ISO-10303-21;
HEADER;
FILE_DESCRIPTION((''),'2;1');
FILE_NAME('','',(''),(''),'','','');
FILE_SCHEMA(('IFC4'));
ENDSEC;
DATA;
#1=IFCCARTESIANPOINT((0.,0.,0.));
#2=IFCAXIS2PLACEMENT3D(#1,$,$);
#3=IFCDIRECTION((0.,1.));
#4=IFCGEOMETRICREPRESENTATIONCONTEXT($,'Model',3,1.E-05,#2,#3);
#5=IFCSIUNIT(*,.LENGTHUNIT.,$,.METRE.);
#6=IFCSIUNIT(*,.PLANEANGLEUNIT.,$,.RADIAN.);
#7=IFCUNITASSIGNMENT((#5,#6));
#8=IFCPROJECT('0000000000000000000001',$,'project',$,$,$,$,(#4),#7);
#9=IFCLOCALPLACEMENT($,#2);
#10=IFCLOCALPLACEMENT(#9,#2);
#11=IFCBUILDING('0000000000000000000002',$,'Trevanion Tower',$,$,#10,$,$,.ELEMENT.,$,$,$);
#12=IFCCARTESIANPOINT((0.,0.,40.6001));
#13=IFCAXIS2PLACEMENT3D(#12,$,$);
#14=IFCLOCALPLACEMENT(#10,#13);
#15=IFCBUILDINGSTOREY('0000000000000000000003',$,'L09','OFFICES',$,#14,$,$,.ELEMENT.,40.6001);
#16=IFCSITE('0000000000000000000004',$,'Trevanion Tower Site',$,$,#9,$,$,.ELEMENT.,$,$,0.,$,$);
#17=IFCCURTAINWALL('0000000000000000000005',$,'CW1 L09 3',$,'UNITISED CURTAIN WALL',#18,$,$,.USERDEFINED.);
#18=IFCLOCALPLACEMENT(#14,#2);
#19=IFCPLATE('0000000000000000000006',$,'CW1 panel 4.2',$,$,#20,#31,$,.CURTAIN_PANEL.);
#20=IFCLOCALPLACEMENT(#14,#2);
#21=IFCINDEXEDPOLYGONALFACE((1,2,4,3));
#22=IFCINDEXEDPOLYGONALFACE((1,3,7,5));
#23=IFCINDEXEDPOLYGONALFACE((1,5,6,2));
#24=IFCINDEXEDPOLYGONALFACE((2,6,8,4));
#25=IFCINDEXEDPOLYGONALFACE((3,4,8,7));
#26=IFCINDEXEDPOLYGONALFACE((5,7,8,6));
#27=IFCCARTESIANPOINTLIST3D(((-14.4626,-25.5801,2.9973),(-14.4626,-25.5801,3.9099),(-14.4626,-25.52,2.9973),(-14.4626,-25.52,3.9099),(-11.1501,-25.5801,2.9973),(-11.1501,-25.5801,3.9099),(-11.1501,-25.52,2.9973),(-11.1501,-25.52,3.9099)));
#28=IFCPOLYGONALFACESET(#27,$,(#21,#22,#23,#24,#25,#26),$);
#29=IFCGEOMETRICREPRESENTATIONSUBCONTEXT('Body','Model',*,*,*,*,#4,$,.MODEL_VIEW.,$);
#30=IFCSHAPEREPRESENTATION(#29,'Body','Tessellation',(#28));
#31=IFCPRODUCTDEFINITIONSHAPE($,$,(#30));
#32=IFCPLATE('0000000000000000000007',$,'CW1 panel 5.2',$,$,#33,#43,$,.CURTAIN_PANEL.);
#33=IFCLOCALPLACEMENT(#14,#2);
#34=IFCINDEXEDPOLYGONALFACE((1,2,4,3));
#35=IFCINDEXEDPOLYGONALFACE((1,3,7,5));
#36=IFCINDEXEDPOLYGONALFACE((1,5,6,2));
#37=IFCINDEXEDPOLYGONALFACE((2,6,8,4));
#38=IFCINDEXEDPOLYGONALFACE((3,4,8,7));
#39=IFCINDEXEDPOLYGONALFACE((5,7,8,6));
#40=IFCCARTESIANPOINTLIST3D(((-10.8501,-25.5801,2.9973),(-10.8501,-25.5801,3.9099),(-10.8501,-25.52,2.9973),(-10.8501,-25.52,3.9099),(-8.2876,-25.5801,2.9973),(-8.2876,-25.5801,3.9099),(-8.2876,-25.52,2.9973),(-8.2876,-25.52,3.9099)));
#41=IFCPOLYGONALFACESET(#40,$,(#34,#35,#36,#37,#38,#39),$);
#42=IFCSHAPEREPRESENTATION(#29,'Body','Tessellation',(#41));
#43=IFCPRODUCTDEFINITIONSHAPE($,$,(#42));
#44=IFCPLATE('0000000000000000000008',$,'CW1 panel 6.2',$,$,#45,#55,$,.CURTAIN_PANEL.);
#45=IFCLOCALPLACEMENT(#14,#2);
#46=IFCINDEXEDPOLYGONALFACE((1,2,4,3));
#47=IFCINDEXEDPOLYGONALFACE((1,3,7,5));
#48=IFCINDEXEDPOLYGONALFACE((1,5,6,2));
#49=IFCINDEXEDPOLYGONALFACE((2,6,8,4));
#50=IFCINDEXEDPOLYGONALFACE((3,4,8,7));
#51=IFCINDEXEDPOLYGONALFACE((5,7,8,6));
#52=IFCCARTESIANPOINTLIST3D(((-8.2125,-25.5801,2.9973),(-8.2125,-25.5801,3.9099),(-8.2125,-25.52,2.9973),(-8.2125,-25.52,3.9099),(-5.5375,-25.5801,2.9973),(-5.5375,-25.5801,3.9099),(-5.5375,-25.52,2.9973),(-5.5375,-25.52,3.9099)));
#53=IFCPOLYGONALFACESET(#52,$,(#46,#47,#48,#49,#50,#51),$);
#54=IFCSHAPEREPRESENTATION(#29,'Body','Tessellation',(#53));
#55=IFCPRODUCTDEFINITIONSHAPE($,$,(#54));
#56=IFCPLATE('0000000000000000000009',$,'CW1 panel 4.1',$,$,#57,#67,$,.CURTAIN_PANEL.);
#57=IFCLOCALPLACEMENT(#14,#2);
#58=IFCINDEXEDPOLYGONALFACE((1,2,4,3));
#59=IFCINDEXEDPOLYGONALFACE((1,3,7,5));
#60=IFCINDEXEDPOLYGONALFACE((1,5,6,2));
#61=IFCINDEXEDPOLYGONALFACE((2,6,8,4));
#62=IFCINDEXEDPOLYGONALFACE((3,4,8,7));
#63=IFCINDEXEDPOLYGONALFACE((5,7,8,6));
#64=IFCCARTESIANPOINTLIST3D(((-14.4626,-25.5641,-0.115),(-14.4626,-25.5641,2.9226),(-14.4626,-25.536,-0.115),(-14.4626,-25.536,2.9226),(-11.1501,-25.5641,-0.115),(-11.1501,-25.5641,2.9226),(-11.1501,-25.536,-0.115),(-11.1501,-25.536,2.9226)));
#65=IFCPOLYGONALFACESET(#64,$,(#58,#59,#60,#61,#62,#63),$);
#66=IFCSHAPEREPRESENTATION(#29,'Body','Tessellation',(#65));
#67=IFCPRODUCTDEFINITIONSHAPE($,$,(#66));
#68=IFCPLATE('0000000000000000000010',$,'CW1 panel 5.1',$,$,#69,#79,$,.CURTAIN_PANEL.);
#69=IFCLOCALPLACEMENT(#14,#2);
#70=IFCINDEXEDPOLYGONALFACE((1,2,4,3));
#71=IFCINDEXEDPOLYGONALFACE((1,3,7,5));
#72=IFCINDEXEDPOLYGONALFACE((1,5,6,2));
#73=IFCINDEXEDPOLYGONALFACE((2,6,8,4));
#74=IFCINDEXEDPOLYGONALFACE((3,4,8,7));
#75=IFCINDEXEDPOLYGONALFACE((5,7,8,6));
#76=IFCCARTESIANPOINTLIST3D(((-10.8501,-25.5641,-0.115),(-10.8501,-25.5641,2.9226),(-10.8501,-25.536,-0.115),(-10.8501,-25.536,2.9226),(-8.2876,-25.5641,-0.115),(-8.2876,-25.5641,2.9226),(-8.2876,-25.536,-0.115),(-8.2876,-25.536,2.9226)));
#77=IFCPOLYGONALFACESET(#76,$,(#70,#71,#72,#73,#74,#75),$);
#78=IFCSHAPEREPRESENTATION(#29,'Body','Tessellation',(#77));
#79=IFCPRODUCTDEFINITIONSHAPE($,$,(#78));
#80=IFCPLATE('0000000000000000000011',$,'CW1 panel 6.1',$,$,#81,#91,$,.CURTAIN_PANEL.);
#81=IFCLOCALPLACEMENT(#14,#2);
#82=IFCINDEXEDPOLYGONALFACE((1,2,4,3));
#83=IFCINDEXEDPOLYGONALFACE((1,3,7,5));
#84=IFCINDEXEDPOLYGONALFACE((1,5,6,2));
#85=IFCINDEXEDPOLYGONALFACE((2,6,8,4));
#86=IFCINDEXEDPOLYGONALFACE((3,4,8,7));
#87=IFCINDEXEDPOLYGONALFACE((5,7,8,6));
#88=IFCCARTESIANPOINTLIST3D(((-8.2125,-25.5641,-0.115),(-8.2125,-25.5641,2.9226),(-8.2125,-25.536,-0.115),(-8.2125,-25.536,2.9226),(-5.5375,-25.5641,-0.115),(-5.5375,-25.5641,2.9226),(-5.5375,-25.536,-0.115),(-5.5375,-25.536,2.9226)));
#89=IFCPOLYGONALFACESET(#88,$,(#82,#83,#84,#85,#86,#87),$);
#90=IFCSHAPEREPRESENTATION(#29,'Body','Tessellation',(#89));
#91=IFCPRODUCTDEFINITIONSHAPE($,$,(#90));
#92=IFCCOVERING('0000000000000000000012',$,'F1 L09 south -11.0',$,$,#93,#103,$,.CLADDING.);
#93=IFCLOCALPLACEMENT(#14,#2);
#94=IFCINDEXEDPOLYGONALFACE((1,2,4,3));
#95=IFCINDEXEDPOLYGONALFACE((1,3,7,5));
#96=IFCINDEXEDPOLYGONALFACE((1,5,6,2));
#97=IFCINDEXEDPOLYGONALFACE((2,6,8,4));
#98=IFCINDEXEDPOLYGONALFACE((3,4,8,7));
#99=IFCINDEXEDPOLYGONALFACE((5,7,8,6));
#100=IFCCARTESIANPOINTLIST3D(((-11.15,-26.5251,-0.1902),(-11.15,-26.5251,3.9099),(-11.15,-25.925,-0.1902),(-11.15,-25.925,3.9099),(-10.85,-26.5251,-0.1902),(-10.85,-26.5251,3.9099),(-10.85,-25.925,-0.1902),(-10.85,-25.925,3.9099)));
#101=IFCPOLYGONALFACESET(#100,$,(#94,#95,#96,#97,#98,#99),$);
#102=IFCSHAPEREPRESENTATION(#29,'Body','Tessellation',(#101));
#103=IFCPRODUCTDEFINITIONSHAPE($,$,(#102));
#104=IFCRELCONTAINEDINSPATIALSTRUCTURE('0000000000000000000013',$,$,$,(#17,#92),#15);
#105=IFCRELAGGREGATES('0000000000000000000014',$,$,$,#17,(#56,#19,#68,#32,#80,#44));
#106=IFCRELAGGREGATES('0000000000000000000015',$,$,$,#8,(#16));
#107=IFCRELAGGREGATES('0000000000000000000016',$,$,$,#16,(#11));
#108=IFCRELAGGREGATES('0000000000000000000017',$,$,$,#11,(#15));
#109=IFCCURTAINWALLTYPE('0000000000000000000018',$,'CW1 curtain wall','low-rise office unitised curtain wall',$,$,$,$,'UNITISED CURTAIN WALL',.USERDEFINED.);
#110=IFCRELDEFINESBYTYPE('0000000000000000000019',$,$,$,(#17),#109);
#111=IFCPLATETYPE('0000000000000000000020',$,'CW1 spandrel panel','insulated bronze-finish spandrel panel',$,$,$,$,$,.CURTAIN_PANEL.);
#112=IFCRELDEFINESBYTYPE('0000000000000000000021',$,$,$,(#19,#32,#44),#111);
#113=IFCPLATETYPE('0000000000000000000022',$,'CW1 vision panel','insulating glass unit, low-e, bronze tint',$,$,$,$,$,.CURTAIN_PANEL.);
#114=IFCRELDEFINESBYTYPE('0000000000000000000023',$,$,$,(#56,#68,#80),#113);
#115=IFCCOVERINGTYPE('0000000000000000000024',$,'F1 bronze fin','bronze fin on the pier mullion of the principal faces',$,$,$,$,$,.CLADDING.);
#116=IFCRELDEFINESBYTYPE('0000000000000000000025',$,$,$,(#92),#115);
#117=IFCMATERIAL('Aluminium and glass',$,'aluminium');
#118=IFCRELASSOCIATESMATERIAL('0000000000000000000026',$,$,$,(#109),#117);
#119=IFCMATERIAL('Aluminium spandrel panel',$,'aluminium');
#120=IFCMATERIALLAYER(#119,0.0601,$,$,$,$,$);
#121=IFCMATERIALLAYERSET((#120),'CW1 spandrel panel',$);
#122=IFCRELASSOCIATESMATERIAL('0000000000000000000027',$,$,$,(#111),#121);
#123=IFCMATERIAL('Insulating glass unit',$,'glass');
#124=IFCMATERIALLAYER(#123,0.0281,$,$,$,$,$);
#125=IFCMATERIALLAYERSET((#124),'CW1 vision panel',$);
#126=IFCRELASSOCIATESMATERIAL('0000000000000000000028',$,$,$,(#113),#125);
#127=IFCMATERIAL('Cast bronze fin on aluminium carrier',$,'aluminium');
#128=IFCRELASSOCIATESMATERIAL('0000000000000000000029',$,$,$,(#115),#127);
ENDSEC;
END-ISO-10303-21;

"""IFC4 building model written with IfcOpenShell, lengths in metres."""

from ifc_helpers import new_model, si_unit, direction, frame, origin, origin_2d, place, context, subcontext, project, spatial, rectangle, extrude, material, layer, layer_set, type_object, element, aggregate, save


model = new_model("IFC4")

# Units and contexts
model_context = context("Model", 3, precision=1e-05, world=origin(), true_north=direction((0.0, 1.0)))
body_context = subcontext(model_context, "Body", "Model", "MODEL_VIEW")
ifc_project = project(units=[si_unit("LENGTHUNIT", "METRE"), si_unit("PLANEANGLEUNIT", "RADIAN")], contexts=[model_context])

# Site, building, storey
site_placement = place(None, origin())
site = spatial("IfcSite", under=ifc_project, at=site_placement, Name="Trevanion Tower Site", CompositionType="ELEMENT", RefElevation=0.0)
building_placement = place(site_placement, origin())
building = spatial("IfcBuilding", under=site, at=building_placement, Name="Trevanion Tower", CompositionType="ELEMENT")
storey_placement = place(building_placement, frame((0.0, 0.0, 40.6001)))
storey = spatial("IfcBuildingStorey", under=building, at=storey_placement, Name="L09", Description="OFFICES", CompositionType="ELEMENT", Elevation=40.6001)

# Curtain wall
ifc_material_1 = material(Name="Aluminium and glass", Category="aluminium")
curtain_wall_type = type_object("IfcCurtainWallType", Name="CW1 curtain wall", Description="low-rise office unitised curtain wall", ElementType="UNITISED CURTAIN WALL", PredefinedType="USERDEFINED", material=ifc_material_1)
curtain_wall_placement = place(storey_placement, origin())
curtain_wall = element("IfcCurtainWall", 1, at=curtain_wall_placement, inside=storey, type_object=curtain_wall_type, Name="CW1 L09 3", ObjectType="UNITISED CURTAIN WALL", PredefinedType="USERDEFINED")

# Plates
ifc_material_2 = material(Name="Aluminium spandrel panel", Category="aluminium")
ifc_layer_1 = layer(ifc_material_2, 0.0601)
ifc_layer_set_1 = layer_set([ifc_layer_1], Name="CW1 spandrel panel")
plate_type_1 = type_object("IfcPlateType", Name="CW1 spandrel panel", Description="insulated bronze-finish spandrel panel", PredefinedType="CURTAIN_PANEL", material=ifc_layer_set_1)
plate_1_placement = place(storey_placement, frame((-12.8064, -25.55, 2.9973), z_axis=(0.0, 0.0, 1.0), x_axis=(1.0, 0.0, 0.0)))
plate_1 = element("IfcPlate", 2, at=plate_1_placement, type_object=plate_type_1, Name="CW1 panel 4.2", PredefinedType="CURTAIN_PANEL", context=body_context, shape_type="SweptSolid", body=[
    extrude(rectangle(XDim=3.3125, YDim=0.0601, at=origin_2d()), origin(), (0.0, 0.0, 1.0), 0.9126),
])
plate_2_placement = place(storey_placement, frame((-9.5688, -25.55, 2.9973), z_axis=(0.0, 0.0, 1.0), x_axis=(1.0, 0.0, 0.0)))
plate_2 = element("IfcPlate", 3, at=plate_2_placement, type_object=plate_type_1, Name="CW1 panel 5.2", PredefinedType="CURTAIN_PANEL", context=body_context, shape_type="SweptSolid", body=[
    extrude(rectangle(XDim=2.5625, YDim=0.0601, at=origin_2d()), origin(), (0.0, 0.0, 1.0), 0.9126),
])
plate_3_placement = place(storey_placement, frame((-6.875, -25.55, 2.9973), z_axis=(0.0, 0.0, 1.0), x_axis=(1.0, 0.0, 0.0)))
plate_3 = element("IfcPlate", 4, at=plate_3_placement, type_object=plate_type_1, Name="CW1 panel 6.2", PredefinedType="CURTAIN_PANEL", context=body_context, shape_type="SweptSolid", body=[
    extrude(rectangle(XDim=2.675, YDim=0.0601, at=origin_2d()), origin(), (0.0, 0.0, 1.0), 0.9126),
])
ifc_material_3 = material(Name="Insulating glass unit", Category="glass")
ifc_layer_2 = layer(ifc_material_3, 0.0281)
ifc_layer_set_2 = layer_set([ifc_layer_2], Name="CW1 vision panel")
plate_type_2 = type_object("IfcPlateType", Name="CW1 vision panel", Description="insulating glass unit, low-e, bronze tint", PredefinedType="CURTAIN_PANEL", material=ifc_layer_set_2)
plate_4_placement = place(storey_placement, frame((-12.8064, -25.55, -0.115), z_axis=(0.0, 0.0, 1.0), x_axis=(1.0, 0.0, 0.0)))
plate_4 = element("IfcPlate", 5, at=plate_4_placement, type_object=plate_type_2, Name="CW1 panel 4.1", PredefinedType="CURTAIN_PANEL", context=body_context, shape_type="SweptSolid", body=[
    extrude(rectangle(XDim=3.3125, YDim=0.0281, at=origin_2d()), origin(), (0.0, 0.0, 1.0), 3.0376),
])
plate_5_placement = place(storey_placement, frame((-9.5688, -25.55, -0.115), z_axis=(0.0, 0.0, 1.0), x_axis=(1.0, 0.0, 0.0)))
plate_5 = element("IfcPlate", 6, at=plate_5_placement, type_object=plate_type_2, Name="CW1 panel 5.1", PredefinedType="CURTAIN_PANEL", context=body_context, shape_type="SweptSolid", body=[
    extrude(rectangle(XDim=2.5625, YDim=0.0281, at=origin_2d()), origin(), (0.0, 0.0, 1.0), 3.0376),
])
plate_6_placement = place(storey_placement, frame((-6.875, -25.55, -0.115), z_axis=(0.0, 0.0, 1.0), x_axis=(1.0, 0.0, 0.0)))
plate_6 = element("IfcPlate", 7, at=plate_6_placement, type_object=plate_type_2, Name="CW1 panel 6.1", PredefinedType="CURTAIN_PANEL", context=body_context, shape_type="SweptSolid", body=[
    extrude(rectangle(XDim=2.675, YDim=0.0281, at=origin_2d()), origin(), (0.0, 0.0, 1.0), 3.0376),
])
aggregate(curtain_wall, [plate_4, plate_1, plate_5, plate_2, plate_6, plate_3])

# Covering
ifc_material_4 = material(Name="Cast bronze fin on aluminium carrier", Category="aluminium")
covering_type = type_object("IfcCoveringType", Name="F1 bronze fin", Description="bronze fin on the pier mullion of the principal faces", PredefinedType="CLADDING", material=ifc_material_4)
covering_placement = place(storey_placement, frame((-11.0, -26.2251, -0.1902), z_axis=(0.0, 0.0, 1.0), x_axis=(1.0, 0.0, 0.0)))
element("IfcCovering", 8, at=covering_placement, inside=storey, type_object=covering_type, Name="F1 L09 south -11.0", PredefinedType="CLADDING", context=body_context, shape_type="SweptSolid", body=[
    extrude(rectangle(XDim=0.3, YDim=0.6001, at=origin_2d()), origin(), (0.0, 0.0, 1.0), 4.1001),
])

save(model, "model.ifc")
